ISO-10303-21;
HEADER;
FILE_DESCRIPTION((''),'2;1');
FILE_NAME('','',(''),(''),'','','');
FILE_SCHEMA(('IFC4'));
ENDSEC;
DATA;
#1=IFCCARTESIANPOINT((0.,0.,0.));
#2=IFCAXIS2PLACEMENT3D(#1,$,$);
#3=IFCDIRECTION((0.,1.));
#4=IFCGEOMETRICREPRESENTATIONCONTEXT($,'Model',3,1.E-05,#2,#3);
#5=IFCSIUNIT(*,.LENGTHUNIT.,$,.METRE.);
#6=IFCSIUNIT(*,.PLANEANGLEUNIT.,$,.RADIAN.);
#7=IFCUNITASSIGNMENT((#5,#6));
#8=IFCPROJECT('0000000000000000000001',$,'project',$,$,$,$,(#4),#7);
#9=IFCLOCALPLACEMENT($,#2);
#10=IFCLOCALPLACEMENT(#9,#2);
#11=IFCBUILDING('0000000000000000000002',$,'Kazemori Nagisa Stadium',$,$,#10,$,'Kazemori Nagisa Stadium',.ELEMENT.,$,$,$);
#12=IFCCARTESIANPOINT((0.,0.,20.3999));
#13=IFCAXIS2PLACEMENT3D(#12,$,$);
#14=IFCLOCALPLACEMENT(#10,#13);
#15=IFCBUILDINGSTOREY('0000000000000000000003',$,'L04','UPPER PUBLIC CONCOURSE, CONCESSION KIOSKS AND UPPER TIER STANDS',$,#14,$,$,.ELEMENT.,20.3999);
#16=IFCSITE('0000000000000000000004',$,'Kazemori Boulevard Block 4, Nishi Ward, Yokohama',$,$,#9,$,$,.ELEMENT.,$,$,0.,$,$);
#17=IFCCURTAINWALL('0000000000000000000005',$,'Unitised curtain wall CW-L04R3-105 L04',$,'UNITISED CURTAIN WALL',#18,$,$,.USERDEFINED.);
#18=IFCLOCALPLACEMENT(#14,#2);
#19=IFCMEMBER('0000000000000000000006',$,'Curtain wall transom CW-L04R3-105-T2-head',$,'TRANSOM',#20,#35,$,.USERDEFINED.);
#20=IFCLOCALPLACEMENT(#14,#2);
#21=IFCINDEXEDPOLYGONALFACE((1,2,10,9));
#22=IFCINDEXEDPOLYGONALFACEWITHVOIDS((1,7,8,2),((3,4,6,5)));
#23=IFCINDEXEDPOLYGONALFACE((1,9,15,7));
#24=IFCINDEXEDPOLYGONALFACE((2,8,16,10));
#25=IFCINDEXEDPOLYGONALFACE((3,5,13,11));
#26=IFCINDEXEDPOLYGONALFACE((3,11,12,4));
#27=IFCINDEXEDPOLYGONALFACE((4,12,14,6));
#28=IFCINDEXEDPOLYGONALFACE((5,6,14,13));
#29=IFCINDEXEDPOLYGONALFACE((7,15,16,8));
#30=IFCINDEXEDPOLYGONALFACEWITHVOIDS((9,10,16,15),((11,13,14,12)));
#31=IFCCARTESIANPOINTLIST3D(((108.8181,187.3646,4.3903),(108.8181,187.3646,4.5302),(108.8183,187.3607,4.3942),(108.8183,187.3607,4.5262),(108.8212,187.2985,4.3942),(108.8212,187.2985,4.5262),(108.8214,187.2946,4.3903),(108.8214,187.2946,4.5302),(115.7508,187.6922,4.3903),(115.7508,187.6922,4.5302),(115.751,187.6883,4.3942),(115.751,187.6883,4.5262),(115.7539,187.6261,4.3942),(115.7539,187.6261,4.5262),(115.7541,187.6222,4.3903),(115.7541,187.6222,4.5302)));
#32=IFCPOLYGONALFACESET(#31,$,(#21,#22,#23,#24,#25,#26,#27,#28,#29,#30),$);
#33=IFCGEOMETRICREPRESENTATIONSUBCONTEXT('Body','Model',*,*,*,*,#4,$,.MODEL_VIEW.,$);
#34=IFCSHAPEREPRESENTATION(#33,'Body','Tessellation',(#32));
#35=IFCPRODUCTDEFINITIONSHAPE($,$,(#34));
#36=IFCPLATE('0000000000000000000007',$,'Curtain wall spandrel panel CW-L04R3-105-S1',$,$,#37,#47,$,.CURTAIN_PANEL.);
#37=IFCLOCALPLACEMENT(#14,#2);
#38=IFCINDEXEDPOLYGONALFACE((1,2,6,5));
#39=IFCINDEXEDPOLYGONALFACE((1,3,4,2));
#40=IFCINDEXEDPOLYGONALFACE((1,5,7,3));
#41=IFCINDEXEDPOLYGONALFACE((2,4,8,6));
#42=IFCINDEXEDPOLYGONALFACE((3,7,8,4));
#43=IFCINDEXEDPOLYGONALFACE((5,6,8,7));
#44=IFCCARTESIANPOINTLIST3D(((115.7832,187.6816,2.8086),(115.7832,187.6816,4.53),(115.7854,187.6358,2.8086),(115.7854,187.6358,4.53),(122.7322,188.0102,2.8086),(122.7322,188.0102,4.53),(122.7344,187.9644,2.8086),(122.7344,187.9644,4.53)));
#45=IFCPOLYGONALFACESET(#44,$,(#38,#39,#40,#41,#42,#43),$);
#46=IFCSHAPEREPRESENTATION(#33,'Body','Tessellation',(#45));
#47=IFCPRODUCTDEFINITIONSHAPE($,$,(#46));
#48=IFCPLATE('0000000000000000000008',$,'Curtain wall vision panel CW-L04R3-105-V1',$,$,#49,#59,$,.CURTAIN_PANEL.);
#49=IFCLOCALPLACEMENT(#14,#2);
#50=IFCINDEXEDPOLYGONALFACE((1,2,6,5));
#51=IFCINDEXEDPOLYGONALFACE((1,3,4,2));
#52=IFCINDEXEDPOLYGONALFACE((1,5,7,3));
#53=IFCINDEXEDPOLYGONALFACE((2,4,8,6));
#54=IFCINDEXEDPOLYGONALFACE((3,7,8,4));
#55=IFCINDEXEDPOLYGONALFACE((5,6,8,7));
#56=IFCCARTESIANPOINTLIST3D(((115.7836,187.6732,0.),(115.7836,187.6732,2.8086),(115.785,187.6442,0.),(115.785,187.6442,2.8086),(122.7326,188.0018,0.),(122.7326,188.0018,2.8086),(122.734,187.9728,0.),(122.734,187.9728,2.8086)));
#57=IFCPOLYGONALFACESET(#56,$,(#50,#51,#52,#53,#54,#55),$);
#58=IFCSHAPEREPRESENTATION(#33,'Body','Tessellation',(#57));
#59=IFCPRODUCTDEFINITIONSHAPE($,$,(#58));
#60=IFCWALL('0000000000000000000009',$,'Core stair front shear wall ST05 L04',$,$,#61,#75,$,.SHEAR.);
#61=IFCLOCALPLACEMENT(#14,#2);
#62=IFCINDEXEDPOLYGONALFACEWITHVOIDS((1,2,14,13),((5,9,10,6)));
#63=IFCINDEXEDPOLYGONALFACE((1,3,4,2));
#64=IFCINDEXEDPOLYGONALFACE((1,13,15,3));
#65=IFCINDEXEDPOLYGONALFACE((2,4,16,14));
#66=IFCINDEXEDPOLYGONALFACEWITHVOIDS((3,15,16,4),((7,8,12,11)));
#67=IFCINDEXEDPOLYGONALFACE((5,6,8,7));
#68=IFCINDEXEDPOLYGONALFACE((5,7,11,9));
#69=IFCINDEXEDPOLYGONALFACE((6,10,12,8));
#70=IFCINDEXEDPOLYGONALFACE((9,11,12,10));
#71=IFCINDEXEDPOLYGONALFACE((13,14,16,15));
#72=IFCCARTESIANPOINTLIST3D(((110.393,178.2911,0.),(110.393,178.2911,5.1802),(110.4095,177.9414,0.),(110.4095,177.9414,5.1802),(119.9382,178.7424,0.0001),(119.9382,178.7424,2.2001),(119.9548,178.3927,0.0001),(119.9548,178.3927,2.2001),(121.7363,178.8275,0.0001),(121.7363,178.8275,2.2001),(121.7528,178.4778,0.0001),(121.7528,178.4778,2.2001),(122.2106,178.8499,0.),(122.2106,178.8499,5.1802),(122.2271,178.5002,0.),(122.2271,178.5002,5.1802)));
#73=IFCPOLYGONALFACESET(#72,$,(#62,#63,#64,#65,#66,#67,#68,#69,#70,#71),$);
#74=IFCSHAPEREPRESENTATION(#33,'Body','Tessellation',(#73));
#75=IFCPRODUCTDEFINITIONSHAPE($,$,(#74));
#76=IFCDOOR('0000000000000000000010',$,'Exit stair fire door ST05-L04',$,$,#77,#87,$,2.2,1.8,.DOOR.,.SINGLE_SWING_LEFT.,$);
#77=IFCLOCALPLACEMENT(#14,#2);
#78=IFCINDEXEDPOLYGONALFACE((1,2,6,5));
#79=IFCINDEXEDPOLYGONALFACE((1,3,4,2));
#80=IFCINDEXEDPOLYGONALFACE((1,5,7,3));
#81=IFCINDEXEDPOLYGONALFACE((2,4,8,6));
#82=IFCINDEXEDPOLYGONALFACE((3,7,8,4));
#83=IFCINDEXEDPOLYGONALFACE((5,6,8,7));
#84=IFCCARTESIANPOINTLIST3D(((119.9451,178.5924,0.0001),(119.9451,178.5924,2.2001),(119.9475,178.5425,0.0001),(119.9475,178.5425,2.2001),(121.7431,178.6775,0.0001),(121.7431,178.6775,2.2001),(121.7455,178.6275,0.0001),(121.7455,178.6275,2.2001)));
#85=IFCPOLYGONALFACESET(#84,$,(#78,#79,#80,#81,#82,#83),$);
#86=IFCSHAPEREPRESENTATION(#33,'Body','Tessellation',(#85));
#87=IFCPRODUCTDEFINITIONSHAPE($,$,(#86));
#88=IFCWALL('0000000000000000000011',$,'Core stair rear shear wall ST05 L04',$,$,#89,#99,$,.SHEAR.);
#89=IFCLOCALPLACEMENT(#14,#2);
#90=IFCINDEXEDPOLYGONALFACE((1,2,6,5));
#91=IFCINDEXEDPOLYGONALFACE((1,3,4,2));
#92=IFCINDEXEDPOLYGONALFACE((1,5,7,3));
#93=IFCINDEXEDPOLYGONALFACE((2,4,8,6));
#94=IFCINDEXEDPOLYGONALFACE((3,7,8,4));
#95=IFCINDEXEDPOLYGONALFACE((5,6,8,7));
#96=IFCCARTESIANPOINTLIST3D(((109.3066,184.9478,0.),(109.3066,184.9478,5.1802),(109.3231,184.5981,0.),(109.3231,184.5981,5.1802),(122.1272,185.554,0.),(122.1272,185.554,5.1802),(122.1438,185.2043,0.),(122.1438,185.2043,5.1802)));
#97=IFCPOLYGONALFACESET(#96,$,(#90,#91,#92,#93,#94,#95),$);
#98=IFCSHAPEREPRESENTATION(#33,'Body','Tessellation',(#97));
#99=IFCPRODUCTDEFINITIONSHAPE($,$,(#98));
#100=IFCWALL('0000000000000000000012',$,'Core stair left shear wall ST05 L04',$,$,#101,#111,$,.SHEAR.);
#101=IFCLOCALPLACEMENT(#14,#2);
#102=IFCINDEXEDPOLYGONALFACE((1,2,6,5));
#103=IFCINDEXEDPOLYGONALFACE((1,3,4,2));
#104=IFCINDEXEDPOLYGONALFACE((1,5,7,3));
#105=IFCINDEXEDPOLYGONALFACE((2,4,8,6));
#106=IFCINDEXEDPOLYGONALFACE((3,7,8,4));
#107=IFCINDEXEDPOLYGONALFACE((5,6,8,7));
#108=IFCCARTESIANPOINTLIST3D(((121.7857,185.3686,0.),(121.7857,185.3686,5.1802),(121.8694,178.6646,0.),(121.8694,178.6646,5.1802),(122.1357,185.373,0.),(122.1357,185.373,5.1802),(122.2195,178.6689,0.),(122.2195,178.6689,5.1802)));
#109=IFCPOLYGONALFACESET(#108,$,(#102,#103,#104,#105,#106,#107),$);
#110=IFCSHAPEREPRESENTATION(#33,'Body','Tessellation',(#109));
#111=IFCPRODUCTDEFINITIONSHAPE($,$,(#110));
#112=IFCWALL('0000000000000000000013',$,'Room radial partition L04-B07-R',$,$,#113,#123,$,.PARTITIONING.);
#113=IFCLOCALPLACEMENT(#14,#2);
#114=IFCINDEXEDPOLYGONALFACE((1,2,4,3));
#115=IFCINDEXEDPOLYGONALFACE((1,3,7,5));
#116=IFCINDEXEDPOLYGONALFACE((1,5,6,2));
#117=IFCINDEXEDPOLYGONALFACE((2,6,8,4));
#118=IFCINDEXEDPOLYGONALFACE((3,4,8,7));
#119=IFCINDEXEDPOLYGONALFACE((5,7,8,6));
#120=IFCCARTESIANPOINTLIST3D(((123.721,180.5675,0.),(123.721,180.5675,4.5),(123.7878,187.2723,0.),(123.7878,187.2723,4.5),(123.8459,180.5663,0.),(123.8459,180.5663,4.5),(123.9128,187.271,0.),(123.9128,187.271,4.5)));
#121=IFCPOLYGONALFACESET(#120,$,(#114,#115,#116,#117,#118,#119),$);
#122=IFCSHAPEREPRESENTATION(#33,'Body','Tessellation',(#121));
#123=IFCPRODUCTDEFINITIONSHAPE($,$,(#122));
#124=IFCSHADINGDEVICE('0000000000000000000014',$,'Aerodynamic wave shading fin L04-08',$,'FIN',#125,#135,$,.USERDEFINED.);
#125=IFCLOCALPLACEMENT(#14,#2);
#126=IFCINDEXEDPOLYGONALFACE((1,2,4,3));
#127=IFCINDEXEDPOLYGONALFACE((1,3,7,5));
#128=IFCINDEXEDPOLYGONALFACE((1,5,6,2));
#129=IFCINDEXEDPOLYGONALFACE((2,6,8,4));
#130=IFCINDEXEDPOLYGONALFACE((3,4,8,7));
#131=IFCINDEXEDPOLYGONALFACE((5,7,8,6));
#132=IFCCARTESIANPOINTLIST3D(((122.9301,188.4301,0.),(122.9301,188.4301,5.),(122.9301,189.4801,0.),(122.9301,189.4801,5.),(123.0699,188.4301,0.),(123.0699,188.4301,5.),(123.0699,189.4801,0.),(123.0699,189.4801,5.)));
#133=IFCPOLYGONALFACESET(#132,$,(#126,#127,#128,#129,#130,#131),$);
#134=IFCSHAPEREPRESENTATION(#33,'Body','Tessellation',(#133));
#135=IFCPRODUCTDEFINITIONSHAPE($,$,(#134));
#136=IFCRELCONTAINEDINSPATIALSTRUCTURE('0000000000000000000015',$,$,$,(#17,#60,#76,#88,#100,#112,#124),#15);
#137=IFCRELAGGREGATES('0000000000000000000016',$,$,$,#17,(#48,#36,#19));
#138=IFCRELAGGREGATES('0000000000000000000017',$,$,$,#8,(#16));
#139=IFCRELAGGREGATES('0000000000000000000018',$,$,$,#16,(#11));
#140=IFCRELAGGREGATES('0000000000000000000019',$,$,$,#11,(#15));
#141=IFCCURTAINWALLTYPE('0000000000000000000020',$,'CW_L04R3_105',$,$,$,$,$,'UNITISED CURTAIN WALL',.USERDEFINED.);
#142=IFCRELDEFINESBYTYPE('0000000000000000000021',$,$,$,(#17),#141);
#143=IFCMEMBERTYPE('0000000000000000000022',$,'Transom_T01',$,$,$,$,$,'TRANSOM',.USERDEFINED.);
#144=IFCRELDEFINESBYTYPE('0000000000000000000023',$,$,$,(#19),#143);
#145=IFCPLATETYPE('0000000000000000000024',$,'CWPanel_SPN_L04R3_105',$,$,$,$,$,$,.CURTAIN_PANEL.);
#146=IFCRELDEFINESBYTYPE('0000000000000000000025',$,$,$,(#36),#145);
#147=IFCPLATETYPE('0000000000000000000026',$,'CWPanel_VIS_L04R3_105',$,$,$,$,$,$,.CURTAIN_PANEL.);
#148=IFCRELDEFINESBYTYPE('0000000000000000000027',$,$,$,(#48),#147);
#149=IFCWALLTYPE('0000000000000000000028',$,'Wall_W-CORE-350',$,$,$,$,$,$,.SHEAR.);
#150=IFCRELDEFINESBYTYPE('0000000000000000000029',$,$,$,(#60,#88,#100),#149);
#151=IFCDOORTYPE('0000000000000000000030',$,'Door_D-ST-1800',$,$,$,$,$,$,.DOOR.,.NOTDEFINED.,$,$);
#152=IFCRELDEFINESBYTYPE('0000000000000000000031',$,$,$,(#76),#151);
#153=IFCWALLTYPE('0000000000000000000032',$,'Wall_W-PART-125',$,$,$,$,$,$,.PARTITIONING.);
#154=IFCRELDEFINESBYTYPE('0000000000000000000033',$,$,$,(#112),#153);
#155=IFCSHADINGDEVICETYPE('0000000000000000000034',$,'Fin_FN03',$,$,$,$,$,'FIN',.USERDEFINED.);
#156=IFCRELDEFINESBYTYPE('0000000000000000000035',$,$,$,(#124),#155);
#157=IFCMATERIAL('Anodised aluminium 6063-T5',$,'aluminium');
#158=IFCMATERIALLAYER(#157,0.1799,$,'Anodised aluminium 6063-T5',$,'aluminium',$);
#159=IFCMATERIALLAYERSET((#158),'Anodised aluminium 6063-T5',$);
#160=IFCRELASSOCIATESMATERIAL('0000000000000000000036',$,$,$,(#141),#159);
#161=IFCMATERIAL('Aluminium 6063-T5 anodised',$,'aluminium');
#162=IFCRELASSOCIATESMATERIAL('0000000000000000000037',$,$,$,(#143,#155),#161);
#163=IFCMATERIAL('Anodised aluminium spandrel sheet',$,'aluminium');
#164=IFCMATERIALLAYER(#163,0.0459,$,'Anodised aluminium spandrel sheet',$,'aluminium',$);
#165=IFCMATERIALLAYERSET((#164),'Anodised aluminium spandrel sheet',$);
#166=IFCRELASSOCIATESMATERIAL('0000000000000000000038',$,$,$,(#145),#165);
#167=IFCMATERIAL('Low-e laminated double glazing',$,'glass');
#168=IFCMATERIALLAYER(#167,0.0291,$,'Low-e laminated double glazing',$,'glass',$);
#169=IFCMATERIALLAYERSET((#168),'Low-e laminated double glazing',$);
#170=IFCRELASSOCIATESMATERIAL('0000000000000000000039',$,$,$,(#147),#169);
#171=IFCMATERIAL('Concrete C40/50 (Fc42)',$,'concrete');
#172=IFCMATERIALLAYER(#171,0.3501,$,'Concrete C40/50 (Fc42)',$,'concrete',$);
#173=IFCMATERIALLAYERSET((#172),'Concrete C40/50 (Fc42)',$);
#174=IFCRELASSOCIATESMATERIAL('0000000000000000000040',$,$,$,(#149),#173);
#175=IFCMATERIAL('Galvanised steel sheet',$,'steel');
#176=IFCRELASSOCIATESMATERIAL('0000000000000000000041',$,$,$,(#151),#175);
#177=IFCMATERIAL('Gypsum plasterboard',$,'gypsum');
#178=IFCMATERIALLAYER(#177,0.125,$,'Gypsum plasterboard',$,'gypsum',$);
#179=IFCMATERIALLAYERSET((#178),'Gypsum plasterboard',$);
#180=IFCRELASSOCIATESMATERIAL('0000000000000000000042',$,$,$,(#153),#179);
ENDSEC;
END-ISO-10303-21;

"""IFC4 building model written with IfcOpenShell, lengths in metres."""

from ifc_helpers import new_model, si_unit, direction, frame, frame_2d, origin, origin_2d, place, context, subcontext, project, spatial, rectangle, hollow_rectangle, extrude, material, layer, layer_set, material_profile, profile_set, type_object, element, fill, aggregate, save


model = new_model("IFC4")

# Units and contexts
model_context = context("Model", 3, precision=1e-05, world=origin(), true_north=direction((0.0, 1.0)))
body_context = subcontext(model_context, "Body", "Model", "MODEL_VIEW")
ifc_project = project(units=[si_unit("LENGTHUNIT", "METRE"), si_unit("PLANEANGLEUNIT", "RADIAN")], contexts=[model_context])

# Site, building, storey
site_placement = place(None, origin())
site = spatial("IfcSite", under=ifc_project, at=site_placement, Name="Kazemori Boulevard Block 4, Nishi Ward, Yokohama", CompositionType="ELEMENT", RefElevation=0.0)
building_placement = place(site_placement, origin())
building = spatial("IfcBuilding", under=site, at=building_placement, Name="Kazemori Nagisa Stadium", LongName="Kazemori Nagisa Stadium", CompositionType="ELEMENT")
storey_placement = place(building_placement, frame((0.0, 0.0, 20.3999)))
storey = spatial("IfcBuildingStorey", under=building, at=storey_placement, Name="L04", Description="UPPER PUBLIC CONCOURSE, CONCESSION KIOSKS AND UPPER TIER STANDS", CompositionType="ELEMENT", Elevation=20.3999)

# Shared definitions
ifc_material_1 = material(Name="Anodised aluminium 6063-T5", Category="aluminium")
ifc_layer_1 = layer(ifc_material_1, 0.1799, Name="Anodised aluminium 6063-T5", Category="aluminium")
ifc_layer_set_1 = layer_set([ifc_layer_1], Name="Anodised aluminium 6063-T5")
curtain_wall_type = type_object("IfcCurtainWallType", Name="CW_L04R3_105", ElementType="UNITISED CURTAIN WALL", PredefinedType="USERDEFINED", material=ifc_layer_set_1)
ifc_material_2 = material(Name="Aluminium 6063-T5 anodised", Category="aluminium")

# Curtain wall, member, plates
curtain_wall_1_placement = place(storey_placement, origin())
curtain_wall_1 = element("IfcCurtainWall", 1, at=curtain_wall_1_placement, inside=storey, type_object=curtain_wall_type, Name="Unitised curtain wall CW-L04R3-105 L04", ObjectType="UNITISED CURTAIN WALL", PredefinedType="USERDEFINED")
ifc_material_profile_1 = material_profile(ifc_material_2, hollow_rectangle(XDim=0.0701, YDim=0.1399, WallThickness=0.0039, at=origin_2d()), Name="ALU-TRAN-70x140x4")
ifc_profile_set_1 = profile_set([ifc_material_profile_1], Name="Aluminium 6063-T5 anodised")
member_type_1 = type_object("IfcMemberType", Name="Transom_T01", ElementType="TRANSOM", PredefinedType="USERDEFINED", material=ifc_profile_set_1)
member_1_placement = place(storey_placement, frame((115.7524, 187.6572, 4.4602), z_axis=(-0.998885, -0.047207, 0.0), x_axis=(0.047207, -0.998885, 0.0)))
member_1 = element("IfcMember", 2, at=member_1_placement, type_object=member_type_1, Name="Curtain wall transom CW-L04R3-105-T2-head", ObjectType="TRANSOM", PredefinedType="USERDEFINED", context=body_context, shape_type="SweptSolid", body=[
    extrude(hollow_rectangle(XDim=0.0701, YDim=0.1399, WallThickness=0.0039, at=origin_2d()), origin(), (0.0, 0.0, 1.0), 6.9404),
])
ifc_material_3 = material(Name="Anodised aluminium spandrel sheet", Category="aluminium")
ifc_layer_2 = layer(ifc_material_3, 0.0459, Name="Anodised aluminium spandrel sheet", Category="aluminium")
ifc_layer_set_2 = layer_set([ifc_layer_2], Name="Anodised aluminium spandrel sheet")
plate_type_1 = type_object("IfcPlateType", Name="CWPanel_SPN_L04R3_105", PredefinedType="CURTAIN_PANEL", material=ifc_layer_set_2)
plate_1_placement = place(storey_placement, frame((119.2588, 187.823, 2.8086), z_axis=(0.0, 0.0, 1.0), x_axis=(-0.998884, -0.04723, 0.0)))
plate_1 = element("IfcPlate", 3, at=plate_1_placement, type_object=plate_type_1, Name="Curtain wall spandrel panel CW-L04R3-105-S1", PredefinedType="CURTAIN_PANEL", context=body_context, shape_type="SweptSolid", body=[
    extrude(rectangle(XDim=6.9568, YDim=0.0459, at=origin_2d()), origin(), (0.0, 0.0, 1.0), 1.7214),
])
ifc_material_4 = material(Name="Low-e laminated double glazing", Category="glass")
ifc_layer_3 = layer(ifc_material_4, 0.0291, Name="Low-e laminated double glazing", Category="glass")
ifc_layer_set_3 = layer_set([ifc_layer_3], Name="Low-e laminated double glazing")
plate_type_2 = type_object("IfcPlateType", Name="CWPanel_VIS_L04R3_105", PredefinedType="CURTAIN_PANEL", material=ifc_layer_set_3)
plate_2_placement = place(storey_placement, frame((119.2588, 187.823, 0.0), z_axis=(0.0, 0.0, 1.0), x_axis=(-0.998884, -0.04723, 0.0)))
plate_2 = element("IfcPlate", 4, at=plate_2_placement, type_object=plate_type_2, Name="Curtain wall vision panel CW-L04R3-105-V1", PredefinedType="CURTAIN_PANEL", context=body_context, shape_type="SweptSolid", body=[
    extrude(rectangle(XDim=6.9568, YDim=0.0291, at=origin_2d()), origin(), (0.0, 0.0, 1.0), 2.8086),
])
aggregate(curtain_wall_1, [plate_2, plate_1, member_1])

# Wall, opening, door
ifc_material_5 = material(Name="Concrete C40/50 (Fc42)", Category="concrete")
ifc_layer_4 = layer(ifc_material_5, 0.3501, Name="Concrete C40/50 (Fc42)", Category="concrete")
ifc_layer_set_4 = layer_set([ifc_layer_4], Name="Concrete C40/50 (Fc42)")
wall_type_1 = type_object("IfcWallType", Name="Wall_W-CORE-350", PredefinedType="SHEAR", material=ifc_layer_set_4)
wall_1_placement = place(storey_placement, frame((122.219, 178.675, 0.0), z_axis=(0.0, 0.0, 1.0), x_axis=(-0.998884, -0.047236, 0.0)))
wall_1 = element("IfcWall", 5, at=wall_1_placement, inside=storey, type_object=wall_type_1, Name="Core stair front shear wall ST05 L04", PredefinedType="SHEAR", context=body_context, shape_type="SweptSolid", body=[
    extrude(rectangle(XDim=11.8308, YDim=0.3501, at=frame_2d((5.9155, 0.0))), origin(), (0.0, 0.0, 1.0), 5.1802),
])
opening_placement = place(wall_1_placement, frame((0.4751, 0.0, 0.0)))
opening = element("IfcOpeningElement", 6, at=opening_placement, cuts=wall_1, PredefinedType="OPENING", context=body_context, shape_type="SweptSolid", body=[
    extrude(rectangle(XDim=1.8, YDim=2.2, at=frame_2d((0.8999, 1.1001))), frame((0.0, 0.1851, 0.0), z_axis=(0.0, -1.0, 0.0), x_axis=(1.0, 0.0, 0.0)), (0.0, 0.0, 1.0), 0.3701),
])
ifc_material_6 = material(Name="Galvanised steel sheet", Category="steel")
door_type = type_object("IfcDoorType", Name="Door_D-ST-1800", OperationType="NOTDEFINED", PredefinedType="DOOR", material=ifc_material_6)
door_placement = place(opening_placement, frame((1.8, 0.0, 0.0), z_axis=(0.0, 0.0, 1.0), x_axis=(-1.0, 0.0, 0.0)))
door = element("IfcDoor", 7, at=door_placement, inside=storey, type_object=door_type, Name="Exit stair fire door ST05-L04", OperationType="SINGLE_SWING_LEFT", OverallHeight=2.2, OverallWidth=1.8, PredefinedType="DOOR", context=body_context, shape_type="SweptSolid", body=[
    extrude(rectangle(XDim=1.8, YDim=2.2, at=frame_2d((0.8999, 1.1001))), frame((0.0, 0.0249, 0.0), z_axis=(0.0, -1.0, 0.0), x_axis=(1.0, 0.0, 0.0)), (0.0, 0.0, 1.0), 0.05),
])
fill(opening, door)

# Walls
wall_2_placement = place(storey_placement, frame((122.1355, 185.3792, 0.0), z_axis=(0.0, 0.0, 1.0), x_axis=(-0.998884, -0.047231, 0.0)))
element("IfcWall", 8, at=wall_2_placement, inside=storey, type_object=wall_type_1, Name="Core stair rear shear wall ST05 L04", PredefinedType="SHEAR", context=body_context, shape_type="SweptSolid", body=[
    extrude(rectangle(XDim=12.835, YDim=0.3501, at=frame_2d((6.4175, 0.0))), origin(), (0.0, 0.0, 1.0), 5.1802),
])
wall_3_placement = place(storey_placement, frame((122.0444, 178.6667, 0.0), z_axis=(0.0, 0.0, 1.0), x_axis=(-0.01249, 0.999922, 0.0)))
element("IfcWall", 9, at=wall_3_placement, inside=storey, type_object=wall_type_1, Name="Core stair left shear wall ST05 L04", PredefinedType="SHEAR", context=body_context, shape_type="SweptSolid", body=[
    extrude(rectangle(XDim=6.7046, YDim=0.3501, at=frame_2d((3.3523, 0.0))), origin(), (0.0, 0.0, 1.0), 5.1802),
])
ifc_material_7 = material(Name="Gypsum plasterboard", Category="gypsum")
ifc_layer_5 = layer(ifc_material_7, 0.125, Name="Gypsum plasterboard", Category="gypsum")
ifc_layer_set_5 = layer_set([ifc_layer_5], Name="Gypsum plasterboard")
wall_type_2 = type_object("IfcWallType", Name="Wall_W-PART-125", PredefinedType="PARTITIONING", material=ifc_layer_set_5)
wall_4_placement = place(storey_placement, frame((123.7834, 180.5669, 0.0), z_axis=(0.0, 0.0, 1.0), x_axis=(0.009977, 0.99995, 0.0)))
element("IfcWall", 10, at=wall_4_placement, inside=storey, type_object=wall_type_2, Name="Room radial partition L04-B07-R", PredefinedType="PARTITIONING", context=body_context, shape_type="SweptSolid", body=[
    extrude(rectangle(XDim=6.7051, YDim=0.125, at=frame_2d((3.3525, 0.0))), origin(), (0.0, 0.0, 1.0), 4.5),
])

# Shading device
shading_device_type = type_object("IfcShadingDeviceType", Name="Fin_FN03", ElementType="FIN", PredefinedType="USERDEFINED", material=ifc_material_2)
shading_device_placement = place(storey_placement, frame((123.0, 188.9551, 0.0), z_axis=(0.0, 0.0, 1.0), x_axis=(0.0, 1.0, 0.0)))
element("IfcShadingDevice", 11, at=shading_device_placement, inside=storey, type_object=shading_device_type, Name="Aerodynamic wave shading fin L04-08", ObjectType="FIN", PredefinedType="USERDEFINED", context=body_context, shape_type="SweptSolid", body=[
    extrude(rectangle(XDim=1.05, YDim=0.1399, at=origin_2d()), origin(), (0.0, 0.0, 1.0), 5.0),
])

save(model, "model.ifc")
